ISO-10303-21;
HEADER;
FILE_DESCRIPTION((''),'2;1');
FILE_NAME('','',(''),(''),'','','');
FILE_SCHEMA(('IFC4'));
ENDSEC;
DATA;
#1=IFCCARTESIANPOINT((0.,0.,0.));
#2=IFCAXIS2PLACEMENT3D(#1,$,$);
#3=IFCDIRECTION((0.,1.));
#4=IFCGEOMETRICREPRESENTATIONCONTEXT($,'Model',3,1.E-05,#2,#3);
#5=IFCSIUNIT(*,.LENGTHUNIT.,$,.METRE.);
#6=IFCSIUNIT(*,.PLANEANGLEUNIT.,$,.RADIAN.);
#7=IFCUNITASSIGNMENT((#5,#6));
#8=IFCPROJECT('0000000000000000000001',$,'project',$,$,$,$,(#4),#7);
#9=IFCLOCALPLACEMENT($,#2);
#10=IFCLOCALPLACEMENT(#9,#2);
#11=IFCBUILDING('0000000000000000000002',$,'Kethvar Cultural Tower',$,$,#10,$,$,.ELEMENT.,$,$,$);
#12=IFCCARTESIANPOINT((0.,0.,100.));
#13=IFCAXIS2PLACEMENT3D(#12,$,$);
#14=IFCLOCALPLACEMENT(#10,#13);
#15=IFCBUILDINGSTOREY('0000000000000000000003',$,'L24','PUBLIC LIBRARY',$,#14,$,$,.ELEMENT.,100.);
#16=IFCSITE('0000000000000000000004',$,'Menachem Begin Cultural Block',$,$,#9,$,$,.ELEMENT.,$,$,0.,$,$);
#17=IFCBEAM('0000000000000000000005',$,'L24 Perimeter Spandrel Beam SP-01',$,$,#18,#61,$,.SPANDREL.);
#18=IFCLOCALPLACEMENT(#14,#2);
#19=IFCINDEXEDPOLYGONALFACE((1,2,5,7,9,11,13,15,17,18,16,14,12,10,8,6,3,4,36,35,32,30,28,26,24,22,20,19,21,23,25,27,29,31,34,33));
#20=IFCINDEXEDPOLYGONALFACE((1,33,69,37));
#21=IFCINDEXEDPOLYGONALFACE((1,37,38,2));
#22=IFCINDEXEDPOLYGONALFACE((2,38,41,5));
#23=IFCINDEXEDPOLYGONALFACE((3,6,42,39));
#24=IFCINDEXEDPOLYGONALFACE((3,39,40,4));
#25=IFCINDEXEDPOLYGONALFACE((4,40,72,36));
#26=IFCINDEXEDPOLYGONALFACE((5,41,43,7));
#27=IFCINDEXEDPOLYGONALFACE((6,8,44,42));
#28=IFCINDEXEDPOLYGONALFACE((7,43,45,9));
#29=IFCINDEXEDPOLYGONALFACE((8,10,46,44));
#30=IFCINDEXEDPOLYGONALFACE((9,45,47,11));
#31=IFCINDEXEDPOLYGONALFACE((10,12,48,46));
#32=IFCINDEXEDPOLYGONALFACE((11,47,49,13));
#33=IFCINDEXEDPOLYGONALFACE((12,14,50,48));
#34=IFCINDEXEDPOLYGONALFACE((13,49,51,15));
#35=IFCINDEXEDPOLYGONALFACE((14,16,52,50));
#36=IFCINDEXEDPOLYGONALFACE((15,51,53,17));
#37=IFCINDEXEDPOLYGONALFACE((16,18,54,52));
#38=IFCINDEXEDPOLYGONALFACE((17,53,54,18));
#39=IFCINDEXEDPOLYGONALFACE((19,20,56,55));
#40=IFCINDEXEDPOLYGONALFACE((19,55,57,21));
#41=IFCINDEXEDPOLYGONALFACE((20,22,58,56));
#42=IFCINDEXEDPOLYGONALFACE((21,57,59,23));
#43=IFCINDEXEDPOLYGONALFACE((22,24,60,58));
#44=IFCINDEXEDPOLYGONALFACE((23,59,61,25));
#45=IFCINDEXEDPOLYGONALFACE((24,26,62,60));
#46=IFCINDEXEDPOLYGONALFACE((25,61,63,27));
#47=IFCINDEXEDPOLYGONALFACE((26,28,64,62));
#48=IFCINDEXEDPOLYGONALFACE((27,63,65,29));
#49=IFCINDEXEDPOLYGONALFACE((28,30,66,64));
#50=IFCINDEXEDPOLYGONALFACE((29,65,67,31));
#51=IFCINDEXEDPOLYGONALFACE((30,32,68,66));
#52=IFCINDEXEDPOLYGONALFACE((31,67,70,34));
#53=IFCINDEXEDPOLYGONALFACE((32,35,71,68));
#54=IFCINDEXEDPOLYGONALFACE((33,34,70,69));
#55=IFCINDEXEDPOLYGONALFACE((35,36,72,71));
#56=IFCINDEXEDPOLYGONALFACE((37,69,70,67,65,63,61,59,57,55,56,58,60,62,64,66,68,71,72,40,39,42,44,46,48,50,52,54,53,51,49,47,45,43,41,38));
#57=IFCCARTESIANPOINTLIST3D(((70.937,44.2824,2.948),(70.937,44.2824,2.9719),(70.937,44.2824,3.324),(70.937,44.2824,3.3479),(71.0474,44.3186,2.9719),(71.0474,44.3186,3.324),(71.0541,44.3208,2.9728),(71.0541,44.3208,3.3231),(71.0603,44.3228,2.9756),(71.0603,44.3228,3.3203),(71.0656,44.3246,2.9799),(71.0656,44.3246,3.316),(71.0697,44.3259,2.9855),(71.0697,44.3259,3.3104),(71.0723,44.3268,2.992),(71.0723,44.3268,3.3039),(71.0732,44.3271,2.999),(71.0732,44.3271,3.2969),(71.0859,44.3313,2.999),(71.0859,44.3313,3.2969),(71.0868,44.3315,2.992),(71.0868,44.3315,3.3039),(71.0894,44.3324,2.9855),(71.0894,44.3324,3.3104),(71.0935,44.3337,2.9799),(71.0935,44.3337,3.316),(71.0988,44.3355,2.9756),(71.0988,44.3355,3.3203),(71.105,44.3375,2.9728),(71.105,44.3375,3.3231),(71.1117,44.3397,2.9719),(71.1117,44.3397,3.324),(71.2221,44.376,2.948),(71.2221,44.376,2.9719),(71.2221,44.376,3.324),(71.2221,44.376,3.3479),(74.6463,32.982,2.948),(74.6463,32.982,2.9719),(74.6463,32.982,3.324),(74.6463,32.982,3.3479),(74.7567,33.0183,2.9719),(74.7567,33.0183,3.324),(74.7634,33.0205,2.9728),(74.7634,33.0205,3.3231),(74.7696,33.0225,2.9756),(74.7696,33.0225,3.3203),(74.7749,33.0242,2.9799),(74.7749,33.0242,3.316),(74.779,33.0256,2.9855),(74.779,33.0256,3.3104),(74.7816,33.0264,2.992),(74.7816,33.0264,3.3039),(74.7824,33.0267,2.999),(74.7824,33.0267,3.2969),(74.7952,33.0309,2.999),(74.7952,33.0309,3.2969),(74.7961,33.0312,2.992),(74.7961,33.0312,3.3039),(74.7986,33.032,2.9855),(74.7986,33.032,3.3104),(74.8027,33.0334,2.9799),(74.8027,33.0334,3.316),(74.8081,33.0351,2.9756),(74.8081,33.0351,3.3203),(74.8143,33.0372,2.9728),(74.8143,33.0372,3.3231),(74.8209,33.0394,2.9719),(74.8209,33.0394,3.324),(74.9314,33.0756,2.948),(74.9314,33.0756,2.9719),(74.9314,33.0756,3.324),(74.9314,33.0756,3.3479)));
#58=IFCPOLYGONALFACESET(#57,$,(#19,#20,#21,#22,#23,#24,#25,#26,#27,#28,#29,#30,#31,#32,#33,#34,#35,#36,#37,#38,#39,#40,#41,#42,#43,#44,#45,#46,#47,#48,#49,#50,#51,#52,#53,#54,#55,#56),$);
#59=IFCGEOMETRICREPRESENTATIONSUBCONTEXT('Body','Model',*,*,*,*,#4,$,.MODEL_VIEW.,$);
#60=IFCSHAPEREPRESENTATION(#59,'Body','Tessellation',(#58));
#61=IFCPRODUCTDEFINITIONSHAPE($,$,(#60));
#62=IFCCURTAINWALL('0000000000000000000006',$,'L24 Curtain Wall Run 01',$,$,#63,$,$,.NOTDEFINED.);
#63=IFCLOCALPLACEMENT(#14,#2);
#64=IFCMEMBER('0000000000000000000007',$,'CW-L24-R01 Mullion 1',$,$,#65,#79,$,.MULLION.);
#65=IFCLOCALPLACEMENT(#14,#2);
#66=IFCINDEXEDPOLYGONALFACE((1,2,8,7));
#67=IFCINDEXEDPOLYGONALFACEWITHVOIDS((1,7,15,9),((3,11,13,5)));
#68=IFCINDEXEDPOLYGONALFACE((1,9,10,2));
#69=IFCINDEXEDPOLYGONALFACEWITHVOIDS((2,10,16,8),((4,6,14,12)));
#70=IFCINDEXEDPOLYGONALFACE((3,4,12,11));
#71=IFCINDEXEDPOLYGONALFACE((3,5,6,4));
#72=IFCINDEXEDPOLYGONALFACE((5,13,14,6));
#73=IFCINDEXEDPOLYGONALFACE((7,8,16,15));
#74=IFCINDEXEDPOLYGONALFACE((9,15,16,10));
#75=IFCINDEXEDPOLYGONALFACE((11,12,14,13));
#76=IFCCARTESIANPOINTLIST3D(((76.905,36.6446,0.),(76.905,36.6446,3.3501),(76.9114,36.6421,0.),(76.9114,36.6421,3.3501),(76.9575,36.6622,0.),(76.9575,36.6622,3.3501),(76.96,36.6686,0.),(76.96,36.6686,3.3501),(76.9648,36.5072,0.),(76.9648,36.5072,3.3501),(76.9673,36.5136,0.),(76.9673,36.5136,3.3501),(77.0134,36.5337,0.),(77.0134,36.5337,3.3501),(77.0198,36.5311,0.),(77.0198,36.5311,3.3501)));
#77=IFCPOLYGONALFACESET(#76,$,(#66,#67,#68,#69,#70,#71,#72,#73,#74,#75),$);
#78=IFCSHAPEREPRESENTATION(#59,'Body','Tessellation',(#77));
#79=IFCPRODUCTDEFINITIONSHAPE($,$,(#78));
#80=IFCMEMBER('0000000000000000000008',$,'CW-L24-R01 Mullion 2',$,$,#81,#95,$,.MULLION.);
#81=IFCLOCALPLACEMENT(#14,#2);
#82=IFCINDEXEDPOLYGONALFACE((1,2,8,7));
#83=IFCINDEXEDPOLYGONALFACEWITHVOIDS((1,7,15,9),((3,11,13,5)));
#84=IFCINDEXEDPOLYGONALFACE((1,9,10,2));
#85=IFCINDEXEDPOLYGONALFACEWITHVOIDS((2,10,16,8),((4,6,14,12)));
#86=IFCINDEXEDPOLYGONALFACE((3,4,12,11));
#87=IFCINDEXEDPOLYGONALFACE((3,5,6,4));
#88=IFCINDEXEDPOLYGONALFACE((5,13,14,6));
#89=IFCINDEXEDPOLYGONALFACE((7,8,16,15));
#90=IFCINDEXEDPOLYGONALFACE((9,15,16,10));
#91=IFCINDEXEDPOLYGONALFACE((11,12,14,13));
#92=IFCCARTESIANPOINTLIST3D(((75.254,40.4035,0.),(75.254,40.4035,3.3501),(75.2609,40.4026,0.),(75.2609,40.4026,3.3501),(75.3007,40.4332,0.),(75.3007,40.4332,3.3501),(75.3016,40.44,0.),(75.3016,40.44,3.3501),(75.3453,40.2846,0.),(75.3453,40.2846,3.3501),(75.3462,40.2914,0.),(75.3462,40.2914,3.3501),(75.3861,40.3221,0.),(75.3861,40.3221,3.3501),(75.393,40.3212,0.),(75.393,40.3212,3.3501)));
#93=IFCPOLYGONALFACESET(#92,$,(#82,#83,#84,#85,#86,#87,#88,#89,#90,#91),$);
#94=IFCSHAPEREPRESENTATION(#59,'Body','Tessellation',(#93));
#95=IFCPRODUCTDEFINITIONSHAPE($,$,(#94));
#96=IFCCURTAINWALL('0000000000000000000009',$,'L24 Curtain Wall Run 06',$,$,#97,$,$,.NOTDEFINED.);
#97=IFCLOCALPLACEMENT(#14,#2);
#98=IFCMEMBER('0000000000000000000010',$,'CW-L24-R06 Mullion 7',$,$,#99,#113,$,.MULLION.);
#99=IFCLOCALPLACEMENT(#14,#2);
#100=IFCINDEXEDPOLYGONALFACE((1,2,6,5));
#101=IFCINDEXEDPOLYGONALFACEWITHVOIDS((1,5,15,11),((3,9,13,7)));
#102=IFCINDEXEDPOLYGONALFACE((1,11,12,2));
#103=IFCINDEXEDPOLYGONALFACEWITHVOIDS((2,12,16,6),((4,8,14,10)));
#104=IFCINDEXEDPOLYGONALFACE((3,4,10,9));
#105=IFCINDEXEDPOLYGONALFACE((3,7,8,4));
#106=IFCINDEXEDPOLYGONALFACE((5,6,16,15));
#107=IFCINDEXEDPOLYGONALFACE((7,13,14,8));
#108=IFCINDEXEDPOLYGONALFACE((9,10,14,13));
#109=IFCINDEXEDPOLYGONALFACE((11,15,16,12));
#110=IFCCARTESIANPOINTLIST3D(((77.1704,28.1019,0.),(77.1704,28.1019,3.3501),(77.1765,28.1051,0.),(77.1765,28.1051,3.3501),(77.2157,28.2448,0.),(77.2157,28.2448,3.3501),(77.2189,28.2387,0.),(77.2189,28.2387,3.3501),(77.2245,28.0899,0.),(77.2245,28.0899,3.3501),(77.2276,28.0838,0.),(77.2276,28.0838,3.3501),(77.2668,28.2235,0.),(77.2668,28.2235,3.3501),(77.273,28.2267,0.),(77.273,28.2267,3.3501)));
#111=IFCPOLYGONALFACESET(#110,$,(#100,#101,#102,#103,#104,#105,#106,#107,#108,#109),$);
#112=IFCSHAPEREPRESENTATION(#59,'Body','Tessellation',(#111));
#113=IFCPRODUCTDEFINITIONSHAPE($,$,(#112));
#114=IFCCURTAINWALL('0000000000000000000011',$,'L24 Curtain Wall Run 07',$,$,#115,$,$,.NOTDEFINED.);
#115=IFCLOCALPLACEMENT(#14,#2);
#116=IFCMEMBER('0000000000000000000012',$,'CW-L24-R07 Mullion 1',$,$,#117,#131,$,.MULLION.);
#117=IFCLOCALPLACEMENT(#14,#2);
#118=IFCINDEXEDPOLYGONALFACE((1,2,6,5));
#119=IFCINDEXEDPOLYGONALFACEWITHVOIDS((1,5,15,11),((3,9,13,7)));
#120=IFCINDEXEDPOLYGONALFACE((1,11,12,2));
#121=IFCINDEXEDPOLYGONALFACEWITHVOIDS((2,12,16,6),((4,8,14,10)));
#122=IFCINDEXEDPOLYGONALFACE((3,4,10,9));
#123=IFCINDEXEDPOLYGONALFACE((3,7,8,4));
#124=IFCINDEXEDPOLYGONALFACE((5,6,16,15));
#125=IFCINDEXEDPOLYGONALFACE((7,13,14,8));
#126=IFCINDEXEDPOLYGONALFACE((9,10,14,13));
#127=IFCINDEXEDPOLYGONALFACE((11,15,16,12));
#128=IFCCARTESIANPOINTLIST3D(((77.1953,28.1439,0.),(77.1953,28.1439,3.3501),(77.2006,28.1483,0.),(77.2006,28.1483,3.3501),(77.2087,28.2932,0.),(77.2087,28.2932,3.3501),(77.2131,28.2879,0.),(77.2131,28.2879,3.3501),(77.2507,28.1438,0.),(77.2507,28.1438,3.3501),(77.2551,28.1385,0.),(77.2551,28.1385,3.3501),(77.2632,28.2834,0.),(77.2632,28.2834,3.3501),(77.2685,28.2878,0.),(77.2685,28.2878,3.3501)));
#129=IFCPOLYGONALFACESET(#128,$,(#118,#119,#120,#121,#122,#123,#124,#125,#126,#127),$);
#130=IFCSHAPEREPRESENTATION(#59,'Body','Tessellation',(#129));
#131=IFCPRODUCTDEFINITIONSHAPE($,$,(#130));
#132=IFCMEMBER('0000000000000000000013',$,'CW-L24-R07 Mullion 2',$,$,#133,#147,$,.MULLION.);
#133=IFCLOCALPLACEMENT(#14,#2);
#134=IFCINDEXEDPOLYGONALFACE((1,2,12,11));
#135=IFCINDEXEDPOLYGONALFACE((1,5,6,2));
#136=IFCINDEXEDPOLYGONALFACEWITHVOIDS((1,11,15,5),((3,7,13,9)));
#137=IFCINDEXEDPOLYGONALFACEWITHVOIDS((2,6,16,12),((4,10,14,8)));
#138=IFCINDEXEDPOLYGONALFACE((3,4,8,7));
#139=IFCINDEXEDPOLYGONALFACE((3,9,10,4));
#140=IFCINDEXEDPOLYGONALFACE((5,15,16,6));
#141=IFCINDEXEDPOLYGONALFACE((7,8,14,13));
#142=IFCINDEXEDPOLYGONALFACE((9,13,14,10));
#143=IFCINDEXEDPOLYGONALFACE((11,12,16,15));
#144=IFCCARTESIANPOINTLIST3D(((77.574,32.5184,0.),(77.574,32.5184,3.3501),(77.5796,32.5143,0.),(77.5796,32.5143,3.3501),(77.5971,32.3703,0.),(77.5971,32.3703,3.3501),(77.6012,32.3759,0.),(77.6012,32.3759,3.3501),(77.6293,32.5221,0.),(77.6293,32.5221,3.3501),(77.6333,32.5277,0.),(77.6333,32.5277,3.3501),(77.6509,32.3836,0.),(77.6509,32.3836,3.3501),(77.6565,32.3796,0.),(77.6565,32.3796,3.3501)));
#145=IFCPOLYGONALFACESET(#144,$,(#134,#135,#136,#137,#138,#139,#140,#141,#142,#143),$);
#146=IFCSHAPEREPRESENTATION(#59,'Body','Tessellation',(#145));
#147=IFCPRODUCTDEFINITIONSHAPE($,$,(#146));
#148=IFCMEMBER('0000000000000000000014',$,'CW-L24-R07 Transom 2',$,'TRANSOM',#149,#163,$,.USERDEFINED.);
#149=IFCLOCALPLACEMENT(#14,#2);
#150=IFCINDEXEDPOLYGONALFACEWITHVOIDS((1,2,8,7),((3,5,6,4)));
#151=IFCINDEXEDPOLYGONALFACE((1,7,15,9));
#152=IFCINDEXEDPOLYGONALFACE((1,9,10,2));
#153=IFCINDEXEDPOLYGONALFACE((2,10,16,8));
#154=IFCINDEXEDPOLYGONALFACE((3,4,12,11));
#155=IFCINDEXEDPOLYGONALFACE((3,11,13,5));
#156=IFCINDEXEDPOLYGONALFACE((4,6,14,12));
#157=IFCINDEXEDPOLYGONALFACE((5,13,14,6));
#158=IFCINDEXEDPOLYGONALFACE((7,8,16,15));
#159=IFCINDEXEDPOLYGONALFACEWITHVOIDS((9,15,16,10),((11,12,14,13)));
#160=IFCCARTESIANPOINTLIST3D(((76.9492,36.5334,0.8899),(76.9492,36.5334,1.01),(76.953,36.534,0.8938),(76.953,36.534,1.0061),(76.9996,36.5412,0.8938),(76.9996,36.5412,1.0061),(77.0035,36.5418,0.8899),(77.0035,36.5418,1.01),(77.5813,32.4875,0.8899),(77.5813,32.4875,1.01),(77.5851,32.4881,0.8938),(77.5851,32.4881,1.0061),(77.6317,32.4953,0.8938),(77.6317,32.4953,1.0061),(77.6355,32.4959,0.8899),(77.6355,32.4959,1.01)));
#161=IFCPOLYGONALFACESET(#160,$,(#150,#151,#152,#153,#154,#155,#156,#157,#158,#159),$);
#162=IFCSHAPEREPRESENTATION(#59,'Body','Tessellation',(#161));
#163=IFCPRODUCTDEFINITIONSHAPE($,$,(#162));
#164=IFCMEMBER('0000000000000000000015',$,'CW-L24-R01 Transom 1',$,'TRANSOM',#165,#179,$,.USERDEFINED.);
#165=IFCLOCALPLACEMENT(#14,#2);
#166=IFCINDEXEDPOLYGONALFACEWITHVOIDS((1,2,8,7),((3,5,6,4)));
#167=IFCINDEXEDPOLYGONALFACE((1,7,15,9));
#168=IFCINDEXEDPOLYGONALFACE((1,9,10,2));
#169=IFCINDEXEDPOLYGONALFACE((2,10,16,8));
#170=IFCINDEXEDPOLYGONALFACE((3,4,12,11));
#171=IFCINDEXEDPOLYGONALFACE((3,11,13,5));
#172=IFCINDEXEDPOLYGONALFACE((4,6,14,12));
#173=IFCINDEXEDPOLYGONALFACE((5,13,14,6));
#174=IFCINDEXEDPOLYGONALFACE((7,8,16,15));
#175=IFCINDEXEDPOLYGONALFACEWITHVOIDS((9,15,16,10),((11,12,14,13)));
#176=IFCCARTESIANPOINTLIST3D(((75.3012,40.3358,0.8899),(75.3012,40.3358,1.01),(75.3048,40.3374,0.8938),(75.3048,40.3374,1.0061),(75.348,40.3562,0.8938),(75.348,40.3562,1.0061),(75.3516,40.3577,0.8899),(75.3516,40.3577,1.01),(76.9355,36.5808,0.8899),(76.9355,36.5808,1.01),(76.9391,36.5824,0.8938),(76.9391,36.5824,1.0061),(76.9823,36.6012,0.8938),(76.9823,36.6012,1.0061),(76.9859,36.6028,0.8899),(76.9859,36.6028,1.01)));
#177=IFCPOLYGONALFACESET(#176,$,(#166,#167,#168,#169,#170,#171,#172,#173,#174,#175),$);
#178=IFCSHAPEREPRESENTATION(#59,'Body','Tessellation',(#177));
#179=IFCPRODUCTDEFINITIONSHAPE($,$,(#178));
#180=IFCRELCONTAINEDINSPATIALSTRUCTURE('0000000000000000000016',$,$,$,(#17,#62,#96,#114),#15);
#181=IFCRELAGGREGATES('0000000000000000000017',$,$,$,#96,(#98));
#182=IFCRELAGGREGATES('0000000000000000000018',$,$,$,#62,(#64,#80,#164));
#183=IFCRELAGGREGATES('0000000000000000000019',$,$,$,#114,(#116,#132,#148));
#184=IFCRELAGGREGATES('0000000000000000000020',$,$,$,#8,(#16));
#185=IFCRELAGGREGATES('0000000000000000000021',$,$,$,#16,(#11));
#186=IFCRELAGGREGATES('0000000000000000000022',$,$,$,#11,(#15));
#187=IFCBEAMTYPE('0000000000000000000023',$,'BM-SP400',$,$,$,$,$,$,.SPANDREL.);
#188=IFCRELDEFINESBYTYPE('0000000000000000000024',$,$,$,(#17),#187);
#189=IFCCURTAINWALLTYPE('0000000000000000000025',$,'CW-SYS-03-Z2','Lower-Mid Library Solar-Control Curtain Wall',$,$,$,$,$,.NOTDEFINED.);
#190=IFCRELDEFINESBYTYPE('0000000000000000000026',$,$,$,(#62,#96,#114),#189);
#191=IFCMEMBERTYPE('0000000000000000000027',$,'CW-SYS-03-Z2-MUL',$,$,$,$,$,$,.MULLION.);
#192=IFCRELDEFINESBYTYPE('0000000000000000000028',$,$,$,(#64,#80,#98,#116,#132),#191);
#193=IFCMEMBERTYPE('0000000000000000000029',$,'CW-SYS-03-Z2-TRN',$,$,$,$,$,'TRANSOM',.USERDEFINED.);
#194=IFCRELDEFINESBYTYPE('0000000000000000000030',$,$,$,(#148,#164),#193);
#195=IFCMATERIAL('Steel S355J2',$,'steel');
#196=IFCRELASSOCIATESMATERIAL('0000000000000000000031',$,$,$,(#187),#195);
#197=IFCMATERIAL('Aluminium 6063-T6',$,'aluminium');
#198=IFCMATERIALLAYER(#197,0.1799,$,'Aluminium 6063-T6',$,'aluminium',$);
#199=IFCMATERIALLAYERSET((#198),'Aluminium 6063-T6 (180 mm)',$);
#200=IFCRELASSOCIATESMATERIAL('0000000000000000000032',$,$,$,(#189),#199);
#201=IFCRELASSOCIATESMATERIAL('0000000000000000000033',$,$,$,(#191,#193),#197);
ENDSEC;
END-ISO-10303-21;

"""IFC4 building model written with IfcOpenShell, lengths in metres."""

from ifc_helpers import new_model, si_unit, direction, frame, origin, origin_2d, place, context, subcontext, project, spatial, hollow_rectangle, i_section, extrude, source, transform, mapped, material, layer, layer_set, material_profile, profile_set, type_object, element, aggregate, save


model = new_model("IFC4")

# Units and contexts
model_context = context("Model", 3, precision=1e-05, world=origin(), true_north=direction((0.0, 1.0)))
body_context = subcontext(model_context, "Body", "Model", "MODEL_VIEW")
ifc_project = project(units=[si_unit("LENGTHUNIT", "METRE"), si_unit("PLANEANGLEUNIT", "RADIAN")], contexts=[model_context])

# Site, building, storey
site_placement = place(None, origin())
site = spatial("IfcSite", under=ifc_project, at=site_placement, Name="Menachem Begin Cultural Block", CompositionType="ELEMENT", RefElevation=0.0)
building_placement = place(site_placement, origin())
building = spatial("IfcBuilding", under=site, at=building_placement, Name="Kethvar Cultural Tower", CompositionType="ELEMENT")
storey_placement = place(building_placement, frame((0.0, 0.0, 100.0)))
storey = spatial("IfcBuildingStorey", under=building, at=storey_placement, Name="L24", Description="PUBLIC LIBRARY", CompositionType="ELEMENT", Elevation=100.0)

# Beam
ifc_material_1 = material(Name="Steel S355J2", Category="steel")
ifc_material_profile_1 = material_profile(ifc_material_1, i_section(OverallWidth=0.3, OverallDepth=0.3999, WebThickness=0.0134, FlangeThickness=0.0239, FilletRadius=0.0271, at=origin_2d()), Name="Steel S355J2 — HEB400")
ifc_profile_set_1 = profile_set([ifc_material_profile_1], Name="Steel S355J2 — HEB400")
beam_type_1 = type_object("IfcBeamType", Name="BM-SP400", PredefinedType="SPANDREL", material=ifc_profile_set_1)
shared_shape_1 = source(origin(), body_context, "Body", "SweptSolid", [
    extrude(i_section(OverallWidth=0.3, OverallDepth=0.3999, WebThickness=0.0134, FlangeThickness=0.0239, FilletRadius=0.0271, at=origin_2d()), origin(), (0.0, 0.0, 1.0), 11.8936),
])
beam_1_placement = place(storey_placement, frame((74.7888, 33.0288, 3.1479), z_axis=(-0.311871, 0.950125, 0.0), x_axis=(-0.950125, -0.311871, 0.0)))
element("IfcBeam", 1, at=beam_1_placement, inside=storey, type_object=beam_type_1, Name="L24 Perimeter Spandrel Beam SP-01", PredefinedType="SPANDREL", context=body_context, shape_type="MappedRepresentation", body=[
    mapped(shared_shape_1, transform((0.0, 0.0, 0.0), scale=1.0)),
])

# Curtain wall, members
ifc_material_2 = material(Name="Aluminium 6063-T6", Category="aluminium")
ifc_layer_1 = layer(ifc_material_2, 0.1799, Name="Aluminium 6063-T6", Category="aluminium")
ifc_layer_set_1 = layer_set([ifc_layer_1], Name="Aluminium 6063-T6 (180 mm)")
curtain_wall_type = type_object("IfcCurtainWallType", Name="CW-SYS-03-Z2", Description="Lower-Mid Library Solar-Control Curtain Wall", PredefinedType="NOTDEFINED", material=ifc_layer_set_1)
curtain_wall_1_placement = place(storey_placement, origin())
curtain_wall_1 = element("IfcCurtainWall", 2, at=curtain_wall_1_placement, inside=storey, type_object=curtain_wall_type, Name="L24 Curtain Wall Run 01", PredefinedType="NOTDEFINED")
ifc_material_profile_2 = material_profile(ifc_material_2, hollow_rectangle(XDim=0.0601, YDim=0.1499, WallThickness=0.0049, at=origin_2d()), Name="Aluminium 6063-T6 — RHS150x60x5")
ifc_profile_set_2 = profile_set([ifc_material_profile_2], Name="Aluminium 6063-T6 — RHS150x60x5")
member_type_1 = type_object("IfcMemberType", Name="CW-SYS-03-Z2-MUL", PredefinedType="MULLION", material=ifc_profile_set_2)
shared_shape_2 = source(origin(), body_context, "Body", "SweptSolid", [
    extrude(hollow_rectangle(XDim=0.0601, YDim=0.1499, WallThickness=0.0049, at=origin_2d()), origin(), (0.0, 0.0, 1.0), 3.3501),
])
member_1_placement = place(storey_placement, frame((76.9624, 36.5879, 0.0), z_axis=(0.0, 0.0, 1.0), x_axis=(-0.916928, -0.399053, 0.0)))
member_1 = element("IfcMember", 3, at=member_1_placement, type_object=member_type_1, Name="CW-L24-R01 Mullion 1", PredefinedType="MULLION", context=body_context, shape_type="MappedRepresentation", body=[
    mapped(shared_shape_2, transform((0.0, 0.0, 0.0), scale=1.0)),
])
member_2_placement = place(storey_placement, frame((75.3235, 40.3623, 0.0), z_axis=(0.0, 0.0, 1.0), x_axis=(-0.793077, -0.609121, 0.0)))
member_2 = element("IfcMember", 4, at=member_2_placement, type_object=member_type_1, Name="CW-L24-R01 Mullion 2", PredefinedType="MULLION", context=body_context, shape_type="MappedRepresentation", body=[
    mapped(shared_shape_2, transform((0.0, 0.0, 0.0), scale=1.0)),
])

# Curtain wall, member
curtain_wall_2_placement = place(storey_placement, origin())
curtain_wall_2 = element("IfcCurtainWall", 5, at=curtain_wall_2_placement, inside=storey, type_object=curtain_wall_type, Name="L24 Curtain Wall Run 06", PredefinedType="NOTDEFINED")
member_3_placement = place(storey_placement, frame((77.2217, 28.1643, 0.0), z_axis=(0.0, 0.0, 1.0), x_axis=(-0.953212, 0.302303, 0.0)))
member_3 = element("IfcMember", 6, at=member_3_placement, type_object=member_type_1, Name="CW-L24-R06 Mullion 7", PredefinedType="MULLION", context=body_context, shape_type="MappedRepresentation", body=[
    mapped(shared_shape_2, transform((0.0, 0.0, 0.0), scale=1.0)),
])
aggregate(curtain_wall_2, [member_3])

# Curtain wall, members
curtain_wall_3_placement = place(storey_placement, origin())
curtain_wall_3 = element("IfcCurtainWall", 7, at=curtain_wall_3_placement, inside=storey, type_object=curtain_wall_type, Name="L24 Curtain Wall Run 07", PredefinedType="NOTDEFINED")
member_4_placement = place(storey_placement, frame((77.2319, 28.2158, 0.0), z_axis=(0.0, 0.0, 1.0), x_axis=(-0.996001, 0.089346, 0.0)))
member_4 = element("IfcMember", 8, at=member_4_placement, type_object=member_type_1, Name="CW-L24-R07 Mullion 1", PredefinedType="MULLION", context=body_context, shape_type="MappedRepresentation", body=[
    mapped(shared_shape_2, transform((0.0, 0.0, 0.0), scale=1.0)),
])
member_5_placement = place(storey_placement, frame((77.6152, 32.449, 0.0), z_axis=(0.0, 0.0, 1.0), x_axis=(-0.988014, -0.154366, 0.0)))
member_5 = element("IfcMember", 9, at=member_5_placement, type_object=member_type_1, Name="CW-L24-R07 Mullion 2", PredefinedType="MULLION", context=body_context, shape_type="MappedRepresentation", body=[
    mapped(shared_shape_2, transform((0.0, 0.0, 0.0), scale=1.0)),
])
ifc_material_profile_3 = material_profile(ifc_material_2, hollow_rectangle(XDim=0.0549, YDim=0.1201, WallThickness=0.0039, at=origin_2d()), Name="Aluminium 6063-T6 — RHS120x55x4")
ifc_profile_set_3 = profile_set([ifc_material_profile_3], Name="Aluminium 6063-T6 — RHS120x55x4")
member_type_2 = type_object("IfcMemberType", Name="CW-SYS-03-Z2-TRN", ElementType="TRANSOM", PredefinedType="USERDEFINED", material=ifc_profile_set_3)
shared_shape_3 = source(origin(), body_context, "Body", "SweptSolid", [
    extrude(hollow_rectangle(XDim=0.0549, YDim=0.1201, WallThickness=0.0039, at=origin_2d()), origin(), (0.0, 0.0, 1.0), 4.095),
])
member_6_placement = place(storey_placement, frame((77.6084, 32.4917, 0.95), z_axis=(-0.154355, 0.988015, 0.0), x_axis=(-0.988015, -0.154355, 0.0)))
member_6 = element("IfcMember", 10, at=member_6_placement, type_object=member_type_2, Name="CW-L24-R07 Transom 2", ObjectType="TRANSOM", PredefinedType="USERDEFINED", context=body_context, shape_type="MappedRepresentation", body=[
    mapped(shared_shape_3, transform((0.0, 0.0, 0.0), scale=1.0)),
])

# Member
shared_shape_4 = source(origin(), body_context, "Body", "SweptSolid", [
    extrude(hollow_rectangle(XDim=0.0549, YDim=0.1201, WallThickness=0.0039, at=origin_2d()), origin(), (0.0, 0.0, 1.0), 4.0952),
])
member_7_placement = place(storey_placement, frame((76.9607, 36.5918, 0.95), z_axis=(-0.399079, 0.916916, 0.0), x_axis=(-0.916916, -0.399079, 0.0)))
member_7 = element("IfcMember", 11, at=member_7_placement, type_object=member_type_2, Name="CW-L24-R01 Transom 1", ObjectType="TRANSOM", PredefinedType="USERDEFINED", context=body_context, shape_type="MappedRepresentation", body=[
    mapped(shared_shape_4, transform((0.0, 0.0, 0.0), scale=1.0)),
])

aggregate(curtain_wall_1, [member_1, member_2, member_7])
aggregate(curtain_wall_3, [member_4, member_5, member_6])

save(model, "model.ifc")
